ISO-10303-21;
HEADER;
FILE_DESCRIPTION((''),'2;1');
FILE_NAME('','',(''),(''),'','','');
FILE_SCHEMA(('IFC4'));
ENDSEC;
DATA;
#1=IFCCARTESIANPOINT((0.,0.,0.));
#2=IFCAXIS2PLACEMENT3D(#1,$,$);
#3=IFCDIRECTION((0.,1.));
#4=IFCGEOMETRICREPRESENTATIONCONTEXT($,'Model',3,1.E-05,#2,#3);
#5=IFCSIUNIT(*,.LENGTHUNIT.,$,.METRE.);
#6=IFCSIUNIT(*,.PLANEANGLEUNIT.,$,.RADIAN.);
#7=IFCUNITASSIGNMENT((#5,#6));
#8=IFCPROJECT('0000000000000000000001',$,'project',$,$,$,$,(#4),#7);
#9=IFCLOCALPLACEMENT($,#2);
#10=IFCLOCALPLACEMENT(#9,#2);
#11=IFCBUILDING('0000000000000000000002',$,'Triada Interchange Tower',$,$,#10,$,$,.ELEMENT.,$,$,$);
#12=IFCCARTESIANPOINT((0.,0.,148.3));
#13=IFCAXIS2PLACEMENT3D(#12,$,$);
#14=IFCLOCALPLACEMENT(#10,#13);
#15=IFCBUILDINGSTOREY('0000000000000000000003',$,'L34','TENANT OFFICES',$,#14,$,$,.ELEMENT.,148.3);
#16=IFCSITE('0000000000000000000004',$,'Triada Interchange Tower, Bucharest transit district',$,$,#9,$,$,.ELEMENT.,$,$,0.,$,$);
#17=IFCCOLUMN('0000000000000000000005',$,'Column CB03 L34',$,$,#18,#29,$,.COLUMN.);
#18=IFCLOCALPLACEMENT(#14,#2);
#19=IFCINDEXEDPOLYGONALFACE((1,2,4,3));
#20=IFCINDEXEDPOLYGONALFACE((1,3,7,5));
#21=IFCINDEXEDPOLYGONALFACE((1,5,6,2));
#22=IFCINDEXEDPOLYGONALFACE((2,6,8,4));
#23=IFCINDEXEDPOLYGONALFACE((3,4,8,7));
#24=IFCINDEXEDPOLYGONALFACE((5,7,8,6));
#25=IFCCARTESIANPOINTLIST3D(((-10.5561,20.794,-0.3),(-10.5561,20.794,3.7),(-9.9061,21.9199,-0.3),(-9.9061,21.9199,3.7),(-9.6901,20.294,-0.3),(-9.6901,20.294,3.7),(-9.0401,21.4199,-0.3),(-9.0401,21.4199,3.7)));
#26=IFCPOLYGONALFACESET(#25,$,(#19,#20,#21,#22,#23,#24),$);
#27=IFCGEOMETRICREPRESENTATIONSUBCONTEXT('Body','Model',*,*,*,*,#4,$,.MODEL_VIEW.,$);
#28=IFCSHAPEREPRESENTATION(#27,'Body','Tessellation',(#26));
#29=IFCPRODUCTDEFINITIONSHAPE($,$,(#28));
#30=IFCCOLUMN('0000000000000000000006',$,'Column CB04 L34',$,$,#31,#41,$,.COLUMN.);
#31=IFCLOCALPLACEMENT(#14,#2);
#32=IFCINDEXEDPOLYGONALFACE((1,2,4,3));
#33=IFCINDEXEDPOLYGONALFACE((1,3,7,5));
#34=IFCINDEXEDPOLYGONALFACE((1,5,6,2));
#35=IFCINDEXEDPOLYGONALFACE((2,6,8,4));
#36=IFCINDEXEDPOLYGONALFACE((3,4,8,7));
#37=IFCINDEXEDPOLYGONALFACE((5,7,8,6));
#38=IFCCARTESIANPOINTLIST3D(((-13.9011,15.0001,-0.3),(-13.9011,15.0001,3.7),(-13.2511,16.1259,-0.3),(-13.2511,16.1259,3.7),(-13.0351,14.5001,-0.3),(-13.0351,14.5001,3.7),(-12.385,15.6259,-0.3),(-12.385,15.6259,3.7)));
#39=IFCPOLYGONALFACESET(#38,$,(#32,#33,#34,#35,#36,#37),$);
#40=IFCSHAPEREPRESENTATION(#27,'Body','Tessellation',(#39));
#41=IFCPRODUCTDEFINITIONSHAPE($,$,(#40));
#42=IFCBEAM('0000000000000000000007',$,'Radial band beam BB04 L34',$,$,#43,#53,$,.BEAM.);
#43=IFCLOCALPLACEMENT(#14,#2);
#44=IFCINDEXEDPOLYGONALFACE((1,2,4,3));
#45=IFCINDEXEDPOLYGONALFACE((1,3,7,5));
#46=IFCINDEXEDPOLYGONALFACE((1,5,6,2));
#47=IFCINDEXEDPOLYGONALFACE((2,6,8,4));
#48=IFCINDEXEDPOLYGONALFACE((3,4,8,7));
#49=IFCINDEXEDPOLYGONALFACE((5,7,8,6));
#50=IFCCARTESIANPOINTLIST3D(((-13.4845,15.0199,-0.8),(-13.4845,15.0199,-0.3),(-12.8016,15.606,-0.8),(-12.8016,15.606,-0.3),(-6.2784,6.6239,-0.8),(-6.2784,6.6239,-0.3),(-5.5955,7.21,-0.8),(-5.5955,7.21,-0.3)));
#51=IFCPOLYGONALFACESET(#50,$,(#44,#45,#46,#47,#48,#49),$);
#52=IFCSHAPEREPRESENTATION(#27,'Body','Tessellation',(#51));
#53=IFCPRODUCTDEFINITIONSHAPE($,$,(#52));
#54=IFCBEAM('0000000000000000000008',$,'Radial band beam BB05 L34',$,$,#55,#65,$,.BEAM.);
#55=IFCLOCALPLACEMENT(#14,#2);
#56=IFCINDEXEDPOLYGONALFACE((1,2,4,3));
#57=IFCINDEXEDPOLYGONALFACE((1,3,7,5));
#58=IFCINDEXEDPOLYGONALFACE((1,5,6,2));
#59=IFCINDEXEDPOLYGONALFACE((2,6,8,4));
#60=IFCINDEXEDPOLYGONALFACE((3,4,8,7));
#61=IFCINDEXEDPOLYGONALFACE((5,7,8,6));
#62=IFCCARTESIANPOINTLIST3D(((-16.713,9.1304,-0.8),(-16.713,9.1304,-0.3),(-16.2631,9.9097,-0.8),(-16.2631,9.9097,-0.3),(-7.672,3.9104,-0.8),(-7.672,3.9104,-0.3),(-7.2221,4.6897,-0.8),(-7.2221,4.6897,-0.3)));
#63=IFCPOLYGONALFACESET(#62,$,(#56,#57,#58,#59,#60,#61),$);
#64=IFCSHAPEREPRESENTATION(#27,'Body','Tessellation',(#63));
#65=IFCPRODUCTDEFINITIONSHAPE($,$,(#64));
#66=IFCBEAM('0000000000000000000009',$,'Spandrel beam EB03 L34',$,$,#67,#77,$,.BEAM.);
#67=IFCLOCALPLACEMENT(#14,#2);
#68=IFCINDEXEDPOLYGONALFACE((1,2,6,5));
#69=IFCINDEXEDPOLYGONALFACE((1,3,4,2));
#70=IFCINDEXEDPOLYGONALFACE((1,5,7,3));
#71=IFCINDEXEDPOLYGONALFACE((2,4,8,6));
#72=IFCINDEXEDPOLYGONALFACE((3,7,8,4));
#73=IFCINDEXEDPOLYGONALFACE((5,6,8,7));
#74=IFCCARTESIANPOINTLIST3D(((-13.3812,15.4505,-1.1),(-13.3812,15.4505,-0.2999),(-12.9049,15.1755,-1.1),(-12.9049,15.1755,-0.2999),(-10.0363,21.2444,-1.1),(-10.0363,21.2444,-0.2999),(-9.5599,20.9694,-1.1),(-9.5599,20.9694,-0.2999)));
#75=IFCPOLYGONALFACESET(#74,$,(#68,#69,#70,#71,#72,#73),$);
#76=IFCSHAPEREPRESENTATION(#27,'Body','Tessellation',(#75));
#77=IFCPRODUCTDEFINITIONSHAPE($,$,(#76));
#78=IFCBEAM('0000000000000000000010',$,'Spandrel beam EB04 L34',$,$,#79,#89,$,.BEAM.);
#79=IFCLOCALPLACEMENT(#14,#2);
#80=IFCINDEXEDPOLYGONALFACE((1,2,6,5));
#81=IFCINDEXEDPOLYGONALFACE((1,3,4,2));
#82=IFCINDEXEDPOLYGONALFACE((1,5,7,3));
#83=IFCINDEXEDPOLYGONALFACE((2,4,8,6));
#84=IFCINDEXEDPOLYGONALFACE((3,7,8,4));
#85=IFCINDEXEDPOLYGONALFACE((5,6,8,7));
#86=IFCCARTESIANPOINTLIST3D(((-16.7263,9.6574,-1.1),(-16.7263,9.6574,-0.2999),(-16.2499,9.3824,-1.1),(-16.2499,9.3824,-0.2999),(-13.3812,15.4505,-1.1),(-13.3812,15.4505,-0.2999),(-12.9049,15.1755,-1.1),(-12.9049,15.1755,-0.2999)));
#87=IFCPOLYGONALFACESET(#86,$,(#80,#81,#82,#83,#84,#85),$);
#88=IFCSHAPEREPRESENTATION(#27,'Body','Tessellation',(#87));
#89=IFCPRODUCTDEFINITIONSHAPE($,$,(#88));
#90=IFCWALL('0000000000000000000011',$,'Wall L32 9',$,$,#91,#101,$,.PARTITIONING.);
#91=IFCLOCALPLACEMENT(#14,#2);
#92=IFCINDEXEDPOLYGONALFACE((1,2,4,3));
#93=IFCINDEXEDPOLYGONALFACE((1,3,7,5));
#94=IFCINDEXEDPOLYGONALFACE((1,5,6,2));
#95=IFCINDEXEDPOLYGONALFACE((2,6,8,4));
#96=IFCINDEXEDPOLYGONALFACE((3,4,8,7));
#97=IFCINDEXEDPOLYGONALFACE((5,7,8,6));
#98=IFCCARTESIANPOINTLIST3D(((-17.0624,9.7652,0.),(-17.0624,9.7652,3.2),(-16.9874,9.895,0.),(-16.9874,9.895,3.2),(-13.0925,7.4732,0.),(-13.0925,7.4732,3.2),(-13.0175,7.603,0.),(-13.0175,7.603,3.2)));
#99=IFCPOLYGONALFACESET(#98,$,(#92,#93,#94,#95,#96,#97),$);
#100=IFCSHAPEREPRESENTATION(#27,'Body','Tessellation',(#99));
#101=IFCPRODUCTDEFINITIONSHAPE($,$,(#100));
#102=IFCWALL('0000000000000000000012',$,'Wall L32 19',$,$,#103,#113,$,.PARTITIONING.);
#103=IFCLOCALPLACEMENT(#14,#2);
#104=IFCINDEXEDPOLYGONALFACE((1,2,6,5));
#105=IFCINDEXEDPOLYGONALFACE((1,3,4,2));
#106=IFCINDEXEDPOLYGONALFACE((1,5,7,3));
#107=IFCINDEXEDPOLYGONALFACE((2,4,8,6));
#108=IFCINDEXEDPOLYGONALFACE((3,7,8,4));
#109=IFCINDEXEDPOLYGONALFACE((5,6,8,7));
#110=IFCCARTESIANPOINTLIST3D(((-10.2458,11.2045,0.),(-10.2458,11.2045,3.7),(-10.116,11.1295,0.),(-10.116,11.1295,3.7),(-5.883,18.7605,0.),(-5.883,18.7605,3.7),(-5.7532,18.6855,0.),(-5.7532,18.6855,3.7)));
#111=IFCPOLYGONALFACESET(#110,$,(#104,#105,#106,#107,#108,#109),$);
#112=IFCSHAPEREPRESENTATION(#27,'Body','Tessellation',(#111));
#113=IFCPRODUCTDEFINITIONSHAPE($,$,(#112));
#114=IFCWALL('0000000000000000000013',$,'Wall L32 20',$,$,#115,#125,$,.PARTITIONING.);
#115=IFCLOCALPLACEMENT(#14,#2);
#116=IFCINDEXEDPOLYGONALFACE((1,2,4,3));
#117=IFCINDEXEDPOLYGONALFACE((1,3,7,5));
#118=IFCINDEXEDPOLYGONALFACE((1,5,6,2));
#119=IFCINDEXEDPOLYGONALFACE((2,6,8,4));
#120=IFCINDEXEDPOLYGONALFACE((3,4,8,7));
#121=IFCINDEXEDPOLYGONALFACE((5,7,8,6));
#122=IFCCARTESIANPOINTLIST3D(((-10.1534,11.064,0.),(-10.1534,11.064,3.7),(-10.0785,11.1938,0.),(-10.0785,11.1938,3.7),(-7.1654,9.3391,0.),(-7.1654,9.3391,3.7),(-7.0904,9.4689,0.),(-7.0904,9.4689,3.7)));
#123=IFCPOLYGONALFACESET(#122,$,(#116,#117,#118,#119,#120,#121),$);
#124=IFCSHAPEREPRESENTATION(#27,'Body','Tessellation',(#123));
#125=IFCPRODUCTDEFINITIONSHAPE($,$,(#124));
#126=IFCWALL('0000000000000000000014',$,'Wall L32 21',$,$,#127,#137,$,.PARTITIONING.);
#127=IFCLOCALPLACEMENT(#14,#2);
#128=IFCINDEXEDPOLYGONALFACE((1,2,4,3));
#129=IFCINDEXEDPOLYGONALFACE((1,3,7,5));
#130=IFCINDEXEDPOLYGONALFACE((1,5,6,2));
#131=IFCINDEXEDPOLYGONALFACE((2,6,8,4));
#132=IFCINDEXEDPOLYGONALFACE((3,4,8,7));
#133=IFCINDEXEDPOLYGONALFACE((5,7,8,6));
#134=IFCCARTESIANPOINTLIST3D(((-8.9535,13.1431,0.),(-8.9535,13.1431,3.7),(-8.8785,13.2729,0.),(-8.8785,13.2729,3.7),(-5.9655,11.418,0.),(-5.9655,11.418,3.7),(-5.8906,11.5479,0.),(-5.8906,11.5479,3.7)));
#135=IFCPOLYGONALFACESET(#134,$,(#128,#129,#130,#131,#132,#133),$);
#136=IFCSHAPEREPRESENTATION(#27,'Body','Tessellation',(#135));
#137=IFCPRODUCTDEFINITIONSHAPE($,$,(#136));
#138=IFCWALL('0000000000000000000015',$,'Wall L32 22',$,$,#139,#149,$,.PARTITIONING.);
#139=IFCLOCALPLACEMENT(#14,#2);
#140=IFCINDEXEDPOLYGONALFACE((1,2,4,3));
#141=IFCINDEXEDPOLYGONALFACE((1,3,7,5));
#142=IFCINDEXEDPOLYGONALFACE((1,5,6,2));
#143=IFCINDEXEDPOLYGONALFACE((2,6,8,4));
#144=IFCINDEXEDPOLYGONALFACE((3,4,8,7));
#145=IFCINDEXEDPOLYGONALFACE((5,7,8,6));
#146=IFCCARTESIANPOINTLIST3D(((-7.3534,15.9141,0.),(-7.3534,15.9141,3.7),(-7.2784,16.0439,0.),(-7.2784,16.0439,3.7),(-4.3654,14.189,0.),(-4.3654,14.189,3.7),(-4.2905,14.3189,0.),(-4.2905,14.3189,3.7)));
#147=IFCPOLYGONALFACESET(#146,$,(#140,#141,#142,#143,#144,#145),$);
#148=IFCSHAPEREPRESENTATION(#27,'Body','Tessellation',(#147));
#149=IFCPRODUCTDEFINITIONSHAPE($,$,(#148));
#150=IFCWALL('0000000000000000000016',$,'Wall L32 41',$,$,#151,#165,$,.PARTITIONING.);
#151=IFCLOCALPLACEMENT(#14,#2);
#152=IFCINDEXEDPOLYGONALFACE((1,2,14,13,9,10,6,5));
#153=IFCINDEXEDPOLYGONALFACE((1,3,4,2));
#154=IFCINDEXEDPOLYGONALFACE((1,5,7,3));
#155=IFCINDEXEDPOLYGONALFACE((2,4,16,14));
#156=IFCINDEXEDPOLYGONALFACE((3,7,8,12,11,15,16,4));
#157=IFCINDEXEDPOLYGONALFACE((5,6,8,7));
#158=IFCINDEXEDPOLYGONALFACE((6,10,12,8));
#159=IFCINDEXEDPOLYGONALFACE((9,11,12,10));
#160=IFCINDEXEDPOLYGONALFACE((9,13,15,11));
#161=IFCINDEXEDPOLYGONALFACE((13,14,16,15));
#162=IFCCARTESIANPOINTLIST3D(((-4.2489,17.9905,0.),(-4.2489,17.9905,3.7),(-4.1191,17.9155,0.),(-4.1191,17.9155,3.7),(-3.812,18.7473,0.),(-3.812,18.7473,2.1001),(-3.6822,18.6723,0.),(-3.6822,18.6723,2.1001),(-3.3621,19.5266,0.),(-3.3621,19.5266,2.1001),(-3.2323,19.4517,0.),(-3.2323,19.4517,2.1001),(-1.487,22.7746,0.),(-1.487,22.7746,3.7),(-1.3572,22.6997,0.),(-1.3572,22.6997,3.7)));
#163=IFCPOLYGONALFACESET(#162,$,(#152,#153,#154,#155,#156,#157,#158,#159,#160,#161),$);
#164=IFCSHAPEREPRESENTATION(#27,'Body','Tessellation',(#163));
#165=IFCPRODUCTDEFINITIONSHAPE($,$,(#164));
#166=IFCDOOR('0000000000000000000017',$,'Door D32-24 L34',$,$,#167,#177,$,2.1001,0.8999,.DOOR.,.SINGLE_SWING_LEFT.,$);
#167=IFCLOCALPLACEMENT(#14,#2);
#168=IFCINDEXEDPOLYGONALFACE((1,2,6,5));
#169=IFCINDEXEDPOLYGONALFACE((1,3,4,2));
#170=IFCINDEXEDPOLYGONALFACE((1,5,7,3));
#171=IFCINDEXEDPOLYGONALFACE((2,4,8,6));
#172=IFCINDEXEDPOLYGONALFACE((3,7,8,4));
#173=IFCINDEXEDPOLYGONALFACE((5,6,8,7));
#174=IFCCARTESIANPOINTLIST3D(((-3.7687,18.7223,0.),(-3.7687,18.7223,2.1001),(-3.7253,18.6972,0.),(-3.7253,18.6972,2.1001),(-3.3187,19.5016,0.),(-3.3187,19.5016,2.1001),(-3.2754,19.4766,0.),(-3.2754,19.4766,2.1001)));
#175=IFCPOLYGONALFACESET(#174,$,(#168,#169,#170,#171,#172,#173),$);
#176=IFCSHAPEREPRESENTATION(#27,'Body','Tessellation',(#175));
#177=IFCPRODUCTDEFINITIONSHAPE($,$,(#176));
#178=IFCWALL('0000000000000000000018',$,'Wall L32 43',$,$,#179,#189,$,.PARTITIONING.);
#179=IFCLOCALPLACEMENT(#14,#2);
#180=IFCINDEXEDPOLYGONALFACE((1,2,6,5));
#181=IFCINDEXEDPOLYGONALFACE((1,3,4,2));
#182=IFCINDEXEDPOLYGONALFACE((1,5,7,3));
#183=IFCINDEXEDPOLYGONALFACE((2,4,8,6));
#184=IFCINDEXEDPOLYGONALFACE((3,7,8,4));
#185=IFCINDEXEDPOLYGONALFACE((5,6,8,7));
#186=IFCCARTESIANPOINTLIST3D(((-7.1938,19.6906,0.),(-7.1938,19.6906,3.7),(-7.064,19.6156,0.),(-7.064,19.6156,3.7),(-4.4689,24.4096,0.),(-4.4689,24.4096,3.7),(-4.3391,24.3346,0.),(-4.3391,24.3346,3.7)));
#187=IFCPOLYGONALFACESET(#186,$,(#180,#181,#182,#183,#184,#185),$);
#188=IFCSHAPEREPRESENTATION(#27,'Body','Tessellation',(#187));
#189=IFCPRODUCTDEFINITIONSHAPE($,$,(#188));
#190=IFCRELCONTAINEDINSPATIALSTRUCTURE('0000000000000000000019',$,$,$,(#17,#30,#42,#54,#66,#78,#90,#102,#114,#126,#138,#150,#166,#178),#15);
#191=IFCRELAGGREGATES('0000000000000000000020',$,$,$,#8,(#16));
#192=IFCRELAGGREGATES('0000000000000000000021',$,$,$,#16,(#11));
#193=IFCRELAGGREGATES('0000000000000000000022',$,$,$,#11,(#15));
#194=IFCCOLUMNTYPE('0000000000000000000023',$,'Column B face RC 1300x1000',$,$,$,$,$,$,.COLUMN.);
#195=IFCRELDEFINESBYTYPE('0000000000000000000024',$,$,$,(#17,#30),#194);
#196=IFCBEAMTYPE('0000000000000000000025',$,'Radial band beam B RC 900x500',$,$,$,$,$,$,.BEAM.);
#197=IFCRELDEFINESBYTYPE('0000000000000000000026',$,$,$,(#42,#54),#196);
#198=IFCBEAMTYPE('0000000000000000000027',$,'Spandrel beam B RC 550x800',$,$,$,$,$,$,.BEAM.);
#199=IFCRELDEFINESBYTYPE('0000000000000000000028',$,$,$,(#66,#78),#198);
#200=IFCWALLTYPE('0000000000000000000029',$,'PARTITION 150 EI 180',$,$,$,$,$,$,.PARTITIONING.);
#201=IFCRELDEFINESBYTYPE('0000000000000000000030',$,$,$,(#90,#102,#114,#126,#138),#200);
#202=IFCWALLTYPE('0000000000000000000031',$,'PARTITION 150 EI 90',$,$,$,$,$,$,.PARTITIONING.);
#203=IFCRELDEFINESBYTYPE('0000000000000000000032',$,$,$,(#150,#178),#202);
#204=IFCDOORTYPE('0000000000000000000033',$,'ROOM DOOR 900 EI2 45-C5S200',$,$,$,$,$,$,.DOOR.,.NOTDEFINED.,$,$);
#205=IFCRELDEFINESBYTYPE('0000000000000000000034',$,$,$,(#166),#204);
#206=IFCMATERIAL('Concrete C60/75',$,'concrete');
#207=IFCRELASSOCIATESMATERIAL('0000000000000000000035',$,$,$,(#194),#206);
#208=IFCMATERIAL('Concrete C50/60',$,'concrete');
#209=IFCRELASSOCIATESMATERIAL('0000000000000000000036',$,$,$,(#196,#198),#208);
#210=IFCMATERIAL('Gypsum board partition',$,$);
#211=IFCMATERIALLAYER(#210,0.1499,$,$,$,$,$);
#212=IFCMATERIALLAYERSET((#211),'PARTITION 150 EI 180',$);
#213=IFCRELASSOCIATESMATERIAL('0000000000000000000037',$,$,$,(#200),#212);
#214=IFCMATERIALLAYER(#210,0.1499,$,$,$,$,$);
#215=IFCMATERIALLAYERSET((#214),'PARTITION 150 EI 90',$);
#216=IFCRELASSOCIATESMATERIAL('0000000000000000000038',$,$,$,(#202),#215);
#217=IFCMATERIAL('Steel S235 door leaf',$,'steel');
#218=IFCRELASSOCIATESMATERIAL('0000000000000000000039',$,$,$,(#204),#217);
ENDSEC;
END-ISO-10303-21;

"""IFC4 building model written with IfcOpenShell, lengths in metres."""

from ifc_helpers import new_model, si_unit, direction, frame, frame_2d, origin, origin_2d, place, context, subcontext, project, spatial, rectangle, extrude, material, layer, layer_set, material_profile, profile_set, type_object, element, fill, save


model = new_model("IFC4")

# Units and contexts
model_context = context("Model", 3, precision=1e-05, world=origin(), true_north=direction((0.0, 1.0)))
body_context = subcontext(model_context, "Body", "Model", "MODEL_VIEW")
ifc_project = project(units=[si_unit("LENGTHUNIT", "METRE"), si_unit("PLANEANGLEUNIT", "RADIAN")], contexts=[model_context])

# Site, building, storey
site_placement = place(None, origin())
site = spatial("IfcSite", under=ifc_project, at=site_placement, Name="Triada Interchange Tower, Bucharest transit district", CompositionType="ELEMENT", RefElevation=0.0)
building_placement = place(site_placement, origin())
building = spatial("IfcBuilding", under=site, at=building_placement, Name="Triada Interchange Tower", CompositionType="ELEMENT")
storey_placement = place(building_placement, frame((0.0, 0.0, 148.3)))
storey = spatial("IfcBuildingStorey", under=building, at=storey_placement, Name="L34", Description="TENANT OFFICES", CompositionType="ELEMENT", Elevation=148.3)

# Columns
ifc_material_1 = material(Name="Concrete C60/75", Category="concrete")
ifc_material_profile_1 = material_profile(ifc_material_1, rectangle(XDim=1.3, YDim=1.0, at=origin_2d()), Name="RC 1300x1000")
ifc_profile_set_1 = profile_set([ifc_material_profile_1], Name="Concrete C60/75")
column_type = type_object("IfcColumnType", Name="Column B face RC 1300x1000", PredefinedType="COLUMN", material=ifc_profile_set_1)
for number, where, z_axis, x_axis, name in (
    (1, (-9.7981, 21.1069, -0.3), (0.0, 0.0, 1.0), (0.5, 0.866025, 0.0), "Column CB03 L34"),
    (2, (-13.1431, 15.313, -0.3), (0.0, 0.0, 1.0), (0.5, 0.866025, 0.0), "Column CB04 L34"),
):
    element("IfcColumn", number, at=place(storey_placement, frame(where, z_axis=z_axis, x_axis=x_axis)), inside=storey, type_object=column_type, Name=name, PredefinedType="COLUMN", context=body_context, shape_type="SweptSolid", body=[
        extrude(rectangle(XDim=1.3, YDim=1.0, at=origin_2d()), origin(), (0.0, 0.0, 1.0), 4.0),
    ])

# Beams
ifc_material_2 = material(Name="Concrete C50/60", Category="concrete")
ifc_material_profile_2 = material_profile(ifc_material_2, rectangle(XDim=0.8999, YDim=0.5, at=origin_2d()), Name="RC 900x500")
ifc_profile_set_2 = profile_set([ifc_material_profile_2], Name="Concrete C50/60")
beam_type_1 = type_object("IfcBeamType", Name="Radial band beam B RC 900x500", PredefinedType="BEAM", material=ifc_profile_set_2)
beam_1_placement = place(storey_placement, frame((-13.1431, 15.313, -0.55), z_axis=(0.651286, -0.758833, 0.0), x_axis=(0.758833, 0.651286, 0.0)))
element("IfcBeam", 3, at=beam_1_placement, inside=storey, type_object=beam_type_1, Name="Radial band beam BB04 L34", PredefinedType="BEAM", context=body_context, shape_type="SweptSolid", body=[
    extrude(rectangle(XDim=0.8999, YDim=0.5, at=origin_2d()), origin(), (0.0, 0.0, 1.0), 11.0645),
])
beam_2_placement = place(storey_placement, frame((-16.488, 9.52, -0.55), z_axis=(0.86602, -0.50001, 0.0), x_axis=(0.50001, 0.86602, 0.0)))
element("IfcBeam", 4, at=beam_2_placement, inside=storey, type_object=beam_type_1, Name="Radial band beam BB05 L34", PredefinedType="BEAM", context=body_context, shape_type="SweptSolid", body=[
    extrude(rectangle(XDim=0.8999, YDim=0.5, at=origin_2d()), origin(), (0.0, 0.0, 1.0), 10.4397),
])
ifc_material_profile_3 = material_profile(ifc_material_2, rectangle(XDim=0.55, YDim=0.8, at=origin_2d()), Name="RC 550x800")
ifc_profile_set_3 = profile_set([ifc_material_profile_3], Name="Concrete C50/60")
beam_type_2 = type_object("IfcBeamType", Name="Spandrel beam B RC 550x800", PredefinedType="BEAM", material=ifc_profile_set_3)
beam_3_placement = place(storey_placement, frame((-9.7981, 21.1069, -0.7), z_axis=(-0.499981, -0.866036, 0.0), x_axis=(0.866036, -0.499981, 0.0)))
element("IfcBeam", 5, at=beam_3_placement, inside=storey, type_object=beam_type_2, Name="Spandrel beam EB03 L34", PredefinedType="BEAM", context=body_context, shape_type="SweptSolid", body=[
    extrude(rectangle(XDim=0.55, YDim=0.8, at=origin_2d()), origin(), (0.0, 0.0, 1.0), 6.6902),
])
beam_4_placement = place(storey_placement, frame((-13.1431, 15.313, -0.7), z_axis=(-0.500045, -0.866, 0.0), x_axis=(0.866, -0.500045, 0.0)))
element("IfcBeam", 6, at=beam_4_placement, inside=storey, type_object=beam_type_2, Name="Spandrel beam EB04 L34", PredefinedType="BEAM", context=body_context, shape_type="SweptSolid", body=[
    extrude(rectangle(XDim=0.55, YDim=0.8, at=origin_2d()), origin(), (0.0, 0.0, 1.0), 6.6895),
])

# Shared definitions
ifc_material_3 = material(Name="Steel S235 door leaf", Category="steel")

# Walls
ifc_material_4 = material(Name="Gypsum board partition")
ifc_layer_1 = layer(ifc_material_4, 0.1499)
ifc_layer_set_1 = layer_set([ifc_layer_1], Name="PARTITION 150 EI 180")
wall_type_1 = type_object("IfcWallType", Name="PARTITION 150 EI 180", PredefinedType="PARTITIONING", material=ifc_layer_set_1)
wall_1_placement = place(storey_placement, frame((-17.0249, 9.8301, 0.0), z_axis=(0.0, 0.0, 1.0), x_axis=(0.866032, -0.499988, 0.0)))
element("IfcWall", 7, at=wall_1_placement, inside=storey, type_object=wall_type_1, Name="Wall L32 9", PredefinedType="PARTITIONING", context=body_context, shape_type="SweptSolid", body=[
    extrude(rectangle(XDim=4.584, YDim=0.1499, at=frame_2d((2.292, 0.0))), origin(), (0.0, 0.0, 1.0), 3.2),
])
wall_2_placement = place(storey_placement, frame((-10.1809, 11.167, 0.0), z_axis=(0.0, 0.0, 1.0), x_axis=(0.500033, 0.866006, 0.0)))
element("IfcWall", 8, at=wall_2_placement, inside=storey, type_object=wall_type_1, Name="Wall L32 19", PredefinedType="PARTITIONING", context=body_context, shape_type="SweptSolid", body=[
    extrude(rectangle(XDim=8.7251, YDim=0.1499, at=frame_2d((4.3625, 0.0))), origin(), (0.0, 0.0, 1.0), 3.7),
])
for number, where, z_axis, x_axis, name in (
    (9, (-10.116, 11.1289, 0.0), (0.0, 0.0, 1.0), (0.866062, -0.499937, 0.0), "Wall L32 20"),
    (10, (-8.916, 13.208, 0.0), (0.0, 0.0, 1.0), (0.866031, -0.49999, 0.0), "Wall L32 21"),
    (11, (-7.3159, 15.979, 0.0), (0.0, 0.0, 1.0), (0.866031, -0.49999, 0.0), "Wall L32 22"),
):
    element("IfcWall", number, at=place(storey_placement, frame(where, z_axis=z_axis, x_axis=x_axis)), inside=storey, type_object=wall_type_1, Name=name, PredefinedType="PARTITIONING", context=body_context, shape_type="SweptSolid", body=[
        extrude(rectangle(XDim=3.4502, YDim=0.1499, at=frame_2d((1.7251, 0.0))), origin(), (0.0, 0.0, 1.0), 3.7),
    ])

# Wall, opening, door
ifc_layer_2 = layer(ifc_material_4, 0.1499)
ifc_layer_set_2 = layer_set([ifc_layer_2], Name="PARTITION 150 EI 90")
wall_type_2 = type_object("IfcWallType", Name="PARTITION 150 EI 90", PredefinedType="PARTITIONING", material=ifc_layer_set_2)
wall_3_placement = place(storey_placement, frame((-4.1841, 17.9529, 0.0), z_axis=(0.0, 0.0, 1.0), x_axis=(0.499975, 0.86604, 0.0)))
wall_3 = element("IfcWall", 12, at=wall_3_placement, inside=storey, type_object=wall_type_2, Name="Wall L32 41", PredefinedType="PARTITIONING", context=body_context, shape_type="SweptSolid", body=[
    extrude(rectangle(XDim=5.5242, YDim=0.1499, at=frame_2d((2.7622, 0.0))), origin(), (0.0, 0.0, 1.0), 3.7),
])
opening_1_placement = place(wall_3_placement, frame((0.874, 0.0, 0.0)))
opening_1 = element("IfcOpeningElement", 13, at=opening_1_placement, cuts=wall_3, PredefinedType="OPENING", context=body_context, shape_type="SweptSolid", body=[
    extrude(rectangle(XDim=0.8999, YDim=2.1001, at=frame_2d((0.45, 1.05))), frame((0.0, 0.085, 0.0), z_axis=(0.0, -1.0, 0.0), x_axis=(1.0, 0.0, 0.0)), (0.0, 0.0, 1.0), 0.1699),
])
door_type_1 = type_object("IfcDoorType", Name="ROOM DOOR 900 EI2 45-C5S200", OperationType="NOTDEFINED", PredefinedType="DOOR", material=ifc_material_3)
door_1_placement = place(opening_1_placement, origin())
door_1 = element("IfcDoor", 14, at=door_1_placement, inside=storey, type_object=door_type_1, Name="Door D32-24 L34", OperationType="SINGLE_SWING_LEFT", OverallHeight=2.1001, OverallWidth=0.8999, PredefinedType="DOOR", context=body_context, shape_type="SweptSolid", body=[
    extrude(rectangle(XDim=0.8999, YDim=2.1001, at=frame_2d((0.45, 1.05))), frame((0.0, 0.0249, 0.0), z_axis=(0.0, -1.0, 0.0), x_axis=(1.0, 0.0, 0.0)), (0.0, 0.0, 1.0), 0.05),
])
fill(opening_1, door_1)

# Wall
wall_4_placement = place(storey_placement, frame((-7.1289, 19.6531, 0.0), z_axis=(0.0, 0.0, 1.0), x_axis=(0.500047, 0.865998, 0.0)))
element("IfcWall", 15, at=wall_4_placement, inside=storey, type_object=wall_type_2, Name="Wall L32 43", PredefinedType="PARTITIONING", context=body_context, shape_type="SweptSolid", body=[
    extrude(rectangle(XDim=5.4492, YDim=0.1499, at=frame_2d((2.7246, 0.0))), origin(), (0.0, 0.0, 1.0), 3.7),
])

save(model, "model.ifc")
